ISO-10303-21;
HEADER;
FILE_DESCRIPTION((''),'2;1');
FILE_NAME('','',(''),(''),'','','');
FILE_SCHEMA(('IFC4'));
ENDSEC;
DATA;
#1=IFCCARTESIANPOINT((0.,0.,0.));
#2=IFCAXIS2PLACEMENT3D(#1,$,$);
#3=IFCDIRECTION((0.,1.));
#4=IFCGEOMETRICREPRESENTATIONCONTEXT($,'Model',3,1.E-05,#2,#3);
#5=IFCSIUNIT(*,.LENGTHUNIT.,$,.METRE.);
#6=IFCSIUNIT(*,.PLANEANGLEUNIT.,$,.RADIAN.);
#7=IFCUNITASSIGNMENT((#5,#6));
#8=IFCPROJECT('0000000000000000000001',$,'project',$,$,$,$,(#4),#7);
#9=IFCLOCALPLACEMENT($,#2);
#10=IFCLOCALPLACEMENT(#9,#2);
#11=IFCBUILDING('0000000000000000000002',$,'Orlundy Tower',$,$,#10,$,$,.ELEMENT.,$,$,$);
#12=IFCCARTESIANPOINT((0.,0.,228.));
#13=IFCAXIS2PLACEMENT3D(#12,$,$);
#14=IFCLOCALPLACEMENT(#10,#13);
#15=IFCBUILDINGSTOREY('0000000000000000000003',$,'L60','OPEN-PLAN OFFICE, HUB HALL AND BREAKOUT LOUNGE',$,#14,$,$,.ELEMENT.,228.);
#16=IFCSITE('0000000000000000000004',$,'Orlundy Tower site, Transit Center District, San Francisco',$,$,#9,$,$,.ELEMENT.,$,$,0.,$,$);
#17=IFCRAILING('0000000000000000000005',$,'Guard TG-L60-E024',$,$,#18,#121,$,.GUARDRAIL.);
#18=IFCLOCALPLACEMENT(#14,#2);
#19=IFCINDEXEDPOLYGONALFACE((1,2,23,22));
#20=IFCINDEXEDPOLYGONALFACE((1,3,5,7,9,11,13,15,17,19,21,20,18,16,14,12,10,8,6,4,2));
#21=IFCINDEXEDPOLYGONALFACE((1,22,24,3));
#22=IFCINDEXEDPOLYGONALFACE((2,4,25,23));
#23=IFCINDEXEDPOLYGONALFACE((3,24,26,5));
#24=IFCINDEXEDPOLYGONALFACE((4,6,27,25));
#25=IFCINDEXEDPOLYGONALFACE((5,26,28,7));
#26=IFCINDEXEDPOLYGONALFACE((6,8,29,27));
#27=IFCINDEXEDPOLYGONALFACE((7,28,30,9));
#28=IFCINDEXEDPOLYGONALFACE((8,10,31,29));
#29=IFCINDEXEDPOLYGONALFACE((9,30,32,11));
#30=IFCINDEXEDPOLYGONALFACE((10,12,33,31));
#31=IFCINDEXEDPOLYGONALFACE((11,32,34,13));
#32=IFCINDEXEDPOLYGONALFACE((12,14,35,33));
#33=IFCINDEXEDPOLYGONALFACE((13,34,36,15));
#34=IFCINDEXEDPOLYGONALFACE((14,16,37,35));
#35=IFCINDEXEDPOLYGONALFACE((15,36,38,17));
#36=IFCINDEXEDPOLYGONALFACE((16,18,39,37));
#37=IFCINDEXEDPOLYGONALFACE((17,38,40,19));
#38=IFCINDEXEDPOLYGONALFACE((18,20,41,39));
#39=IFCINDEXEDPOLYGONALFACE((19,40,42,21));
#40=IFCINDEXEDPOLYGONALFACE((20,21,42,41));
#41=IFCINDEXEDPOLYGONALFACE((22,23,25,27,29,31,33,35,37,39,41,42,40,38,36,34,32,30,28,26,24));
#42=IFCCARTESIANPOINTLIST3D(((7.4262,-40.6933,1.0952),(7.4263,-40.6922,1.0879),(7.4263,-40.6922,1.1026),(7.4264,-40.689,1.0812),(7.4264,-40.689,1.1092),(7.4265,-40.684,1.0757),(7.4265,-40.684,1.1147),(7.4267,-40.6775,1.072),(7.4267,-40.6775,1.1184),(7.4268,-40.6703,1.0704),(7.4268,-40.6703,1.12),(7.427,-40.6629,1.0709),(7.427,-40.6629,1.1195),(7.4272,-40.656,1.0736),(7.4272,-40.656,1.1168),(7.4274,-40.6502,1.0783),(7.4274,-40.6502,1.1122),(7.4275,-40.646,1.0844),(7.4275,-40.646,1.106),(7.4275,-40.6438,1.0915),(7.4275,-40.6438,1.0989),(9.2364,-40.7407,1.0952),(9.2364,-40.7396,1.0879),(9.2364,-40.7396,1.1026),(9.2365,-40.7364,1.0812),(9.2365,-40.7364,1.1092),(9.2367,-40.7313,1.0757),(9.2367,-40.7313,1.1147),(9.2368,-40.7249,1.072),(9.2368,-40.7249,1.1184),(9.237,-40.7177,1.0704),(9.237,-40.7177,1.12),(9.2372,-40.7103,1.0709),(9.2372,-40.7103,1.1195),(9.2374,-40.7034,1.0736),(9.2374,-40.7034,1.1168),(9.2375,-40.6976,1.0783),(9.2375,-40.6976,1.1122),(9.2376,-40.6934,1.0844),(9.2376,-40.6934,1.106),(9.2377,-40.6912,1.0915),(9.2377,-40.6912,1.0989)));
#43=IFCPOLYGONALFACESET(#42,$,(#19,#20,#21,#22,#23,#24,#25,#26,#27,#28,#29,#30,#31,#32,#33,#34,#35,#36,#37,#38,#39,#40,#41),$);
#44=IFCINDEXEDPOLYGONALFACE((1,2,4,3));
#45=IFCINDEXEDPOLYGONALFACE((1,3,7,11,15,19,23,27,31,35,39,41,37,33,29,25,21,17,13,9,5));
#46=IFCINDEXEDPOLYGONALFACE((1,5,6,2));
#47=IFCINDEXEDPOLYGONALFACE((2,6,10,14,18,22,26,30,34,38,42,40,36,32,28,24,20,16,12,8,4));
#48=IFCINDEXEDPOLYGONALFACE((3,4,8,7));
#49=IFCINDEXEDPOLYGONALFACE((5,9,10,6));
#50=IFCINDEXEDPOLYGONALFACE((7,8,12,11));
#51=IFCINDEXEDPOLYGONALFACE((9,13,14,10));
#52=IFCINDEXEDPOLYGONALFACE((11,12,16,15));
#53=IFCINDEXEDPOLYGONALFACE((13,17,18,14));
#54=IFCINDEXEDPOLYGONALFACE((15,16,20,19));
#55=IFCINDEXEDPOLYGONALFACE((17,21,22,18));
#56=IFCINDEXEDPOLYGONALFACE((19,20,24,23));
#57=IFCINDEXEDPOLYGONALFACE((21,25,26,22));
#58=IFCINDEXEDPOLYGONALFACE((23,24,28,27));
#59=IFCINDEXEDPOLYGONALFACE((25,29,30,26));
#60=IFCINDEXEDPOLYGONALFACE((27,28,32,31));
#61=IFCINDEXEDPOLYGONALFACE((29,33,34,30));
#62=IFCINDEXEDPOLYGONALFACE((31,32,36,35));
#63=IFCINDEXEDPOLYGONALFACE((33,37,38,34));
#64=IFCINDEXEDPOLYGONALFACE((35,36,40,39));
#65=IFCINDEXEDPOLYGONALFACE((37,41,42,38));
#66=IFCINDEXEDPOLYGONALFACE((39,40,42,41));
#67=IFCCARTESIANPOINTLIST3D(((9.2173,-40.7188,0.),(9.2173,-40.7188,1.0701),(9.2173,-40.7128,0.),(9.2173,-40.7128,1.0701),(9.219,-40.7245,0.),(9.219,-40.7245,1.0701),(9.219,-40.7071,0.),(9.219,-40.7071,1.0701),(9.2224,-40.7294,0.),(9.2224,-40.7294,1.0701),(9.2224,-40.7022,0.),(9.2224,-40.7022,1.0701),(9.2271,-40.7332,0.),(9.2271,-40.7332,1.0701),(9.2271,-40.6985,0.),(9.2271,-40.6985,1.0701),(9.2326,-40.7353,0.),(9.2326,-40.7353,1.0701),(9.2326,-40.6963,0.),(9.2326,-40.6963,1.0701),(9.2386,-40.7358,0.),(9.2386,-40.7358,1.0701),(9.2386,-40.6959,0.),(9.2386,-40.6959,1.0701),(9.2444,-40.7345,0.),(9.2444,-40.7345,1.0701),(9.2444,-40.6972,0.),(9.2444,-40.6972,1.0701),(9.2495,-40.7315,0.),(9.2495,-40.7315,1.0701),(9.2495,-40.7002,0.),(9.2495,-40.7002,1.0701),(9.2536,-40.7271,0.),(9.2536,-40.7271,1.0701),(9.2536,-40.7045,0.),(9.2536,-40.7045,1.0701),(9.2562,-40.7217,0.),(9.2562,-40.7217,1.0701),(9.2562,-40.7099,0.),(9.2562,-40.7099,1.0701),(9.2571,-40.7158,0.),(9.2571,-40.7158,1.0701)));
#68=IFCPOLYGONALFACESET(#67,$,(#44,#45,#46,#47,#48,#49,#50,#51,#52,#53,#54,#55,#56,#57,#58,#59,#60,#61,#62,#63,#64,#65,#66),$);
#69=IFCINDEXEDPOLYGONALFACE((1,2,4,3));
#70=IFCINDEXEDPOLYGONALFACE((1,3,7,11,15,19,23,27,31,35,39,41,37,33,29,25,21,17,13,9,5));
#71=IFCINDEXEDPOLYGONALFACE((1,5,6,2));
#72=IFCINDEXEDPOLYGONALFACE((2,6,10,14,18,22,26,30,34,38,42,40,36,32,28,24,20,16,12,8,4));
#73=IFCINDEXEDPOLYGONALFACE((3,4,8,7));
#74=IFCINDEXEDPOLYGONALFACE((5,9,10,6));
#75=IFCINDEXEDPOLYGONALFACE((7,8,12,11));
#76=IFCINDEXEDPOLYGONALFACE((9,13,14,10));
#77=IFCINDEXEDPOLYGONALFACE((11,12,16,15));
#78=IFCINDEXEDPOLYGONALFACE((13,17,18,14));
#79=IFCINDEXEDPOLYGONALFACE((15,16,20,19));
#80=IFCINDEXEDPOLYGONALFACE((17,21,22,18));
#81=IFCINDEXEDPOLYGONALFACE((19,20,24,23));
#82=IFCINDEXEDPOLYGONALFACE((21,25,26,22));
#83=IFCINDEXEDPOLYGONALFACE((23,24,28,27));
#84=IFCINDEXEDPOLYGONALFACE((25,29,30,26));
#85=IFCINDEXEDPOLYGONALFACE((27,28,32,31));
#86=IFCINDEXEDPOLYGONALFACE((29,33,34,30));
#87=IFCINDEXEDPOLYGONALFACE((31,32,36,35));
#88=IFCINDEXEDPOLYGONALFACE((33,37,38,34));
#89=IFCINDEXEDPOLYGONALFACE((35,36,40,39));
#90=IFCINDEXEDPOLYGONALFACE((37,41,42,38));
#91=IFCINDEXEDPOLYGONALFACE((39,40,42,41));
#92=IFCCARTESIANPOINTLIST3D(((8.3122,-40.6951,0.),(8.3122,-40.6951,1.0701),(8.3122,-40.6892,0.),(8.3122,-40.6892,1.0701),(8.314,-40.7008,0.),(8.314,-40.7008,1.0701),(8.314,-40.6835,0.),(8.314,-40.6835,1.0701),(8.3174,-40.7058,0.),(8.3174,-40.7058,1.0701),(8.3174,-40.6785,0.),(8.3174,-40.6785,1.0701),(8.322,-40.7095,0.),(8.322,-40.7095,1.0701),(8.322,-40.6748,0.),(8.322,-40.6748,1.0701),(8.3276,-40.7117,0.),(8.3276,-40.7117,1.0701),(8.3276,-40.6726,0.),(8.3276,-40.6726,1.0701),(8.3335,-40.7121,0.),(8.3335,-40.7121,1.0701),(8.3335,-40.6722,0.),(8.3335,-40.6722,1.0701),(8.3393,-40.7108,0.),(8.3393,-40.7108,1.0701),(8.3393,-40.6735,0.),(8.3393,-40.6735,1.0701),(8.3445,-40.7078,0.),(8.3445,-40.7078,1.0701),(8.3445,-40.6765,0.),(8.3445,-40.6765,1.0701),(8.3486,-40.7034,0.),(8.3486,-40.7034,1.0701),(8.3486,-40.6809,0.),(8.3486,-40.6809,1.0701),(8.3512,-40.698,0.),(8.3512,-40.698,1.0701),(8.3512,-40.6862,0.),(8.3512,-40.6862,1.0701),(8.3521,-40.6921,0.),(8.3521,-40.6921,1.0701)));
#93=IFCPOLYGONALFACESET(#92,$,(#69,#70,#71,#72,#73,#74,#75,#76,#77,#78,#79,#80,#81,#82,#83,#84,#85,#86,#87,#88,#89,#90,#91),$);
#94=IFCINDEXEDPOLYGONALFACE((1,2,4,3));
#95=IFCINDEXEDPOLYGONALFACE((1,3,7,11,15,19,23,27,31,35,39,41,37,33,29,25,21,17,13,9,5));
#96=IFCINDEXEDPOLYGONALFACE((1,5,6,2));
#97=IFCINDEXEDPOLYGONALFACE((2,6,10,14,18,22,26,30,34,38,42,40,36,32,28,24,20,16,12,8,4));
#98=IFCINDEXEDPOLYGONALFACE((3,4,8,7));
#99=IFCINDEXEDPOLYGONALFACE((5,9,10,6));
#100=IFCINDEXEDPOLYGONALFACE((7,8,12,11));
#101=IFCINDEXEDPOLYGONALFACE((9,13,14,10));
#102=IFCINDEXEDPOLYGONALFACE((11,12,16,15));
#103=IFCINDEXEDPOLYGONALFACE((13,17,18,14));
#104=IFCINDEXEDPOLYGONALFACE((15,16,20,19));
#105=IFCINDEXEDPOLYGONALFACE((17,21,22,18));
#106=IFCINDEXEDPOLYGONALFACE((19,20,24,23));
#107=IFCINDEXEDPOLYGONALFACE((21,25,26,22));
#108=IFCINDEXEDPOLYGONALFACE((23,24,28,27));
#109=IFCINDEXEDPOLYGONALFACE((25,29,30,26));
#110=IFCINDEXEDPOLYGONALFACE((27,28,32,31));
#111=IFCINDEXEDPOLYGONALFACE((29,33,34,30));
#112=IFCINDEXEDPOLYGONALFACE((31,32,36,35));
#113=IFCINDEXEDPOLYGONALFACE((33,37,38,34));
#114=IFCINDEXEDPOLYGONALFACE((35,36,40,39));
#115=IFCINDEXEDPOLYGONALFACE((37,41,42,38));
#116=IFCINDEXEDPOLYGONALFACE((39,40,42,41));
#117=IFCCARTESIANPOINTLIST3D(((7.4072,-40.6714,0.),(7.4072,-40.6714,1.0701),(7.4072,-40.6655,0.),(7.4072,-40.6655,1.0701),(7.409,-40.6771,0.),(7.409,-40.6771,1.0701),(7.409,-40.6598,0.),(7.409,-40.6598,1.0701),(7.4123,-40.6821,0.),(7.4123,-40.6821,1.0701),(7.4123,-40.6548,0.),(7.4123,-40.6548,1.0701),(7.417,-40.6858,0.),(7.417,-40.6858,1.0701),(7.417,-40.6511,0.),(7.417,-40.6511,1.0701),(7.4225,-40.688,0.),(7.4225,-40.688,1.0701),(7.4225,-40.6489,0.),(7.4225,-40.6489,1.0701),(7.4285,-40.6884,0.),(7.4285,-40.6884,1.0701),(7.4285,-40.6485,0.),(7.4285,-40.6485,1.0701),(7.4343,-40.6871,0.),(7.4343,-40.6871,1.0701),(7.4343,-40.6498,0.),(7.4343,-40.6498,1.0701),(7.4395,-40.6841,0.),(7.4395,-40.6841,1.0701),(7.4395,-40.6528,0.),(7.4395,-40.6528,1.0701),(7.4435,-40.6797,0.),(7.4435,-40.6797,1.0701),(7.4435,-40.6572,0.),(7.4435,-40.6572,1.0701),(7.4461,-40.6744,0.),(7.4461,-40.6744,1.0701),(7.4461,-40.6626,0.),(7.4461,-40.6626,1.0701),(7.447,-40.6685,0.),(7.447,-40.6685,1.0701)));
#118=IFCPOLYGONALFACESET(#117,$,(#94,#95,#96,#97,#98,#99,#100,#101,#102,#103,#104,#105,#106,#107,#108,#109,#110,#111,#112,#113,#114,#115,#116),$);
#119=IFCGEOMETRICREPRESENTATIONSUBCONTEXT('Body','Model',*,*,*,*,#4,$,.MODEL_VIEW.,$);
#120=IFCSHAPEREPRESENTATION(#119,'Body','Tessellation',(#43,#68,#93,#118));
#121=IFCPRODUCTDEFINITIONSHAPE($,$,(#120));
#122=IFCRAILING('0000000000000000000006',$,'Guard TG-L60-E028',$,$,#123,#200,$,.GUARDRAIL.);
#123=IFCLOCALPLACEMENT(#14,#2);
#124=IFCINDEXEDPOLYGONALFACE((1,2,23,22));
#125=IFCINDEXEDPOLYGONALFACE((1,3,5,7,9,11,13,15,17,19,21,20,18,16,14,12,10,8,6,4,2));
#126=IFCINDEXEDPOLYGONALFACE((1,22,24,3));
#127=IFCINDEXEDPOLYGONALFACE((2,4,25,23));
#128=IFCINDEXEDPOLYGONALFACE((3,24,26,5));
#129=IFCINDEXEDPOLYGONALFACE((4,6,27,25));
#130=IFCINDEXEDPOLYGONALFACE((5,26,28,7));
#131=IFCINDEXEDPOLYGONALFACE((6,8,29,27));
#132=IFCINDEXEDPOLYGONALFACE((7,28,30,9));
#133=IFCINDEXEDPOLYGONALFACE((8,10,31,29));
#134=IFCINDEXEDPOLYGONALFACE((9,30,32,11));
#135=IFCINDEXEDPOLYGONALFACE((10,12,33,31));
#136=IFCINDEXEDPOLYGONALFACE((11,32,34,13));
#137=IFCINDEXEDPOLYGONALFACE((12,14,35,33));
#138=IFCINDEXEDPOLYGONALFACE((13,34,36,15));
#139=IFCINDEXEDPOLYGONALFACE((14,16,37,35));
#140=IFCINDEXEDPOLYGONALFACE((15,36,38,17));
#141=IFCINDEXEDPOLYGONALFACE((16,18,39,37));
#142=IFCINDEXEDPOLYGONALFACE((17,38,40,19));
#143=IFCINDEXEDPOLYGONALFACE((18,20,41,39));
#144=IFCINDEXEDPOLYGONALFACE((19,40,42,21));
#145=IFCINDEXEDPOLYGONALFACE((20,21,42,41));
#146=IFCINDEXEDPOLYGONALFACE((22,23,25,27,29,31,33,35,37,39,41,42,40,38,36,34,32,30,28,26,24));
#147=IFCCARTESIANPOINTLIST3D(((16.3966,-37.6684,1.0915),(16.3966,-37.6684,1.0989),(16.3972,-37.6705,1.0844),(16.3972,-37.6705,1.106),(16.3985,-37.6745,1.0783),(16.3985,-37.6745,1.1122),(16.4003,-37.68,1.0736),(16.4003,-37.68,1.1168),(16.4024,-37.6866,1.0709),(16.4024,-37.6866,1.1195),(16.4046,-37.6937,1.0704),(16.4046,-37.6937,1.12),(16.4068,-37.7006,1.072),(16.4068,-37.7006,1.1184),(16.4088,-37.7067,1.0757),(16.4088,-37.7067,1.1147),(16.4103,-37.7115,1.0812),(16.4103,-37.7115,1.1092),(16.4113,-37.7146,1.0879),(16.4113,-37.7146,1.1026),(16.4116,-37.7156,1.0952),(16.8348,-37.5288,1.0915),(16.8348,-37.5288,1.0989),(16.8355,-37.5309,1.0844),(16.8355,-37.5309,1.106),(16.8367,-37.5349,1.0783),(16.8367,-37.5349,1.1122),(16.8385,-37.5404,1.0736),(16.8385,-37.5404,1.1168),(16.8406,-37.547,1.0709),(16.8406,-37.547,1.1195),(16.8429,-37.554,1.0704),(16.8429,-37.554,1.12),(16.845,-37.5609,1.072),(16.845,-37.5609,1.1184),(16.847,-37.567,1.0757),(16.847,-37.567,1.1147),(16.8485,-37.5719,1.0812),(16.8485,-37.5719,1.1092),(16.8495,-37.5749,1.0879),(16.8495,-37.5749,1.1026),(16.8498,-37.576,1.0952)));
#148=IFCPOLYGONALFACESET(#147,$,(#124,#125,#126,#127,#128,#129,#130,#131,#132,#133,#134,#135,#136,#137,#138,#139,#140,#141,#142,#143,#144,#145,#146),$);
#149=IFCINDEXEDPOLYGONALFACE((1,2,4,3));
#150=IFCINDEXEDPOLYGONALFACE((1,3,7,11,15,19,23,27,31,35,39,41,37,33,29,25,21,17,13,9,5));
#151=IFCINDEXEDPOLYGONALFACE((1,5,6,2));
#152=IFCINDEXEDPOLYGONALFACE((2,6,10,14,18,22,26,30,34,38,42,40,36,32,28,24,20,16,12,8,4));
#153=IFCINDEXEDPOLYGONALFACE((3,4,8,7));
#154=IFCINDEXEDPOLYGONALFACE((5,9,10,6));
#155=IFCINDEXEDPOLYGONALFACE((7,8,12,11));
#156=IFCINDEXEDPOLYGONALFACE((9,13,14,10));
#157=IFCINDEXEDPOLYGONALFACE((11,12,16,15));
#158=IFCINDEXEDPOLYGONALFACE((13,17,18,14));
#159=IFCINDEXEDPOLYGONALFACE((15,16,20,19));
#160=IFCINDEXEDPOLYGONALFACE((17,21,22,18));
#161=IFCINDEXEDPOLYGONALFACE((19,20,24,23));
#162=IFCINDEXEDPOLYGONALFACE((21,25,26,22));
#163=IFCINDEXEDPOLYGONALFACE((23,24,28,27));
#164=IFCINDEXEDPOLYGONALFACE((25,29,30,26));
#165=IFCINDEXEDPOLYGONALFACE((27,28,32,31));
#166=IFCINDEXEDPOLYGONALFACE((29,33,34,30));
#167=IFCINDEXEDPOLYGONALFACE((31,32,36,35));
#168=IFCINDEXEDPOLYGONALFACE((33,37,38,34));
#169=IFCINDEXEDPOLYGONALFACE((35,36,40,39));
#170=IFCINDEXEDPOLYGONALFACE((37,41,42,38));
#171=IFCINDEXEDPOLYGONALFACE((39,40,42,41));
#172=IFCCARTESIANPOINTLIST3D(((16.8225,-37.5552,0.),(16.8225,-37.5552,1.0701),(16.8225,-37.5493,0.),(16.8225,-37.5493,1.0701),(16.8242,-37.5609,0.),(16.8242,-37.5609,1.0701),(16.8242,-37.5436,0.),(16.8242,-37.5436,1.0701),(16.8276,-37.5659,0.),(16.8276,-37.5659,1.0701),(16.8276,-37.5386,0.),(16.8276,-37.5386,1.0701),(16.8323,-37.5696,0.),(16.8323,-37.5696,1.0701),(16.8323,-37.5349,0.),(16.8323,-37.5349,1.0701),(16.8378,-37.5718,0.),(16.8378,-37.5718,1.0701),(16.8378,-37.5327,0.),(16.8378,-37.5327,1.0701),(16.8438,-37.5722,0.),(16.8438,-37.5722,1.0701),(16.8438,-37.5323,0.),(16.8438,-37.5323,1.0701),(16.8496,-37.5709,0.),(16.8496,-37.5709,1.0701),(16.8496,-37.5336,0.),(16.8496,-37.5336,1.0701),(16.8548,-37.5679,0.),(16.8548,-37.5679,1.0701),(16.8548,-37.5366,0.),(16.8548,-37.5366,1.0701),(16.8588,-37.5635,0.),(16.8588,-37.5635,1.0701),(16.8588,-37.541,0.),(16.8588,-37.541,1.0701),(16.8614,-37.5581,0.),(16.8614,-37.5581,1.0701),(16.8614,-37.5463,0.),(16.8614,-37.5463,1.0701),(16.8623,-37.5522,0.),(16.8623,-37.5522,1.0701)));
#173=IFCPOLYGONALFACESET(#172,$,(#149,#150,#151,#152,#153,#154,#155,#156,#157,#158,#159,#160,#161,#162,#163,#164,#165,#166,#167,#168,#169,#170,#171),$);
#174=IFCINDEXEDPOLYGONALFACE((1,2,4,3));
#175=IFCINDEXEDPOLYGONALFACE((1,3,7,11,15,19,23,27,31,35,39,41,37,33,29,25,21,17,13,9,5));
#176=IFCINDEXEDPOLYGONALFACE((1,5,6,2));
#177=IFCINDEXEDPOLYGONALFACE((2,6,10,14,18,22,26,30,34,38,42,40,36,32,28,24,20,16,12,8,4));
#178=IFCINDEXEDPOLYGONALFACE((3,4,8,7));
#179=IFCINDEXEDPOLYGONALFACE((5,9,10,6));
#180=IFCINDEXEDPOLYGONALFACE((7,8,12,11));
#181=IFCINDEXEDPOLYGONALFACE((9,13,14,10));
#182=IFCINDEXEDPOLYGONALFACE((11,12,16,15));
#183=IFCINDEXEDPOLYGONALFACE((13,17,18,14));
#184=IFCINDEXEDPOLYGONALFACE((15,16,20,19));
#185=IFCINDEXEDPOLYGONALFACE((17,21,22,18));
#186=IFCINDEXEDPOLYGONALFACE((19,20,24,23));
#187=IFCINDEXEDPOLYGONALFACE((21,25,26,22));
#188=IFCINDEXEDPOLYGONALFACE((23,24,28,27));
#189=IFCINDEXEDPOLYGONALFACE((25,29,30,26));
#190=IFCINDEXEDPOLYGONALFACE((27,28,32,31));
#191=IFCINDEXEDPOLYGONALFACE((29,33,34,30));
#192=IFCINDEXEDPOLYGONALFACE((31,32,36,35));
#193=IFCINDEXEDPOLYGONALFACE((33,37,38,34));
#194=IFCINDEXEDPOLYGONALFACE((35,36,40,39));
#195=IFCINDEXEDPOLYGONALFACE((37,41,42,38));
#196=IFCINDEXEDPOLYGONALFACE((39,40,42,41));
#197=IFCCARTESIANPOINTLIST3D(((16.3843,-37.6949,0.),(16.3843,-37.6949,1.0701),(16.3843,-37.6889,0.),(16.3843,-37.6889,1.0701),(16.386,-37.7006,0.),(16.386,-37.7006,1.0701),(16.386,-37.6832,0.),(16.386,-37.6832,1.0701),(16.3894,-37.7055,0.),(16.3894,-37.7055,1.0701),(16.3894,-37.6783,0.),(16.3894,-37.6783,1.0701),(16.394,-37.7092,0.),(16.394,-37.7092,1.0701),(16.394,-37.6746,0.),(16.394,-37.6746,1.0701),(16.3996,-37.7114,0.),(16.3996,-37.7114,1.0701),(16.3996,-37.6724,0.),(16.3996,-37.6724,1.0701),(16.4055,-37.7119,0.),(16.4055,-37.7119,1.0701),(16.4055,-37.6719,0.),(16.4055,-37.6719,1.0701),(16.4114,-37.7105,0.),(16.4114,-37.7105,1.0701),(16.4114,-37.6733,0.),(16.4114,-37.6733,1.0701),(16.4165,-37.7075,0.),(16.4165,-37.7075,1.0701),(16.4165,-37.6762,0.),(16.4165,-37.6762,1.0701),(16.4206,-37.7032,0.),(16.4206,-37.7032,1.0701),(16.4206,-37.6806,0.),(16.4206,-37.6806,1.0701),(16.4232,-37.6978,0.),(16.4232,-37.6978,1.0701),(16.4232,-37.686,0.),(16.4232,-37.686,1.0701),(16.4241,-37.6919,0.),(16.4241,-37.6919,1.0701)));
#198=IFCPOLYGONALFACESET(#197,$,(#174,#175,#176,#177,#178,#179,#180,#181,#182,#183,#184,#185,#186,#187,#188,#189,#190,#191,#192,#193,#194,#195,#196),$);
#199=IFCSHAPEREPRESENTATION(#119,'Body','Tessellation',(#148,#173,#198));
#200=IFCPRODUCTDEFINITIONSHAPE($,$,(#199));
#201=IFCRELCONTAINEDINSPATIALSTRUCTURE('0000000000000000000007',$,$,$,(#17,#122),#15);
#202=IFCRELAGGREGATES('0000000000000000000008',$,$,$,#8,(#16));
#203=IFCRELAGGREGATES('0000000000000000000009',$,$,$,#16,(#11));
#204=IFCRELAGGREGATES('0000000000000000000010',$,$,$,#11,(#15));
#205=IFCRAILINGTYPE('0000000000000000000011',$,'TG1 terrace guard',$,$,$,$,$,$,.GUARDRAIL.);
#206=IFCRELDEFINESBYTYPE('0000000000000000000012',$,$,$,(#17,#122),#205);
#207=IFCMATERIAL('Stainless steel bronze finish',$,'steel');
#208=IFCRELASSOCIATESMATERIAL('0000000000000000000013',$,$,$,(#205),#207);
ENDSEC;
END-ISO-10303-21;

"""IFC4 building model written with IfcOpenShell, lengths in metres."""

from ifc_helpers import new_model, si_unit, direction, frame, origin, origin_2d, place, context, subcontext, project, spatial, circle, extrude, material, type_object, element, save


model = new_model("IFC4")

# Units and contexts
model_context = context("Model", 3, precision=1e-05, world=origin(), true_north=direction((0.0, 1.0)))
body_context = subcontext(model_context, "Body", "Model", "MODEL_VIEW")
ifc_project = project(units=[si_unit("LENGTHUNIT", "METRE"), si_unit("PLANEANGLEUNIT", "RADIAN")], contexts=[model_context])

# Site, building, storey
site_placement = place(None, origin())
site = spatial("IfcSite", under=ifc_project, at=site_placement, Name="Orlundy Tower site, Transit Center District, San Francisco", CompositionType="ELEMENT", RefElevation=0.0)
building_placement = place(site_placement, origin())
building = spatial("IfcBuilding", under=site, at=building_placement, Name="Orlundy Tower", CompositionType="ELEMENT")
storey_placement = place(building_placement, frame((0.0, 0.0, 228.0)))
storey = spatial("IfcBuildingStorey", under=building, at=storey_placement, Name="L60", Description="OPEN-PLAN OFFICE, HUB HALL AND BREAKOUT LOUNGE", CompositionType="ELEMENT", Elevation=228.0)

# Railings
ifc_material_1 = material(Name="Stainless steel bronze finish", Category="steel")
railing_type = type_object("IfcRailingType", Name="TG1 terrace guard", PredefinedType="GUARDRAIL", material=ifc_material_1)
railing_1_placement = place(storey_placement, frame((9.2371, -40.7158, 0.0)))
element("IfcRailing", 1, at=railing_1_placement, inside=storey, type_object=railing_type, Name="Guard TG-L60-E024", PredefinedType="GUARDRAIL", context=body_context, shape_type="SweptSolid", body=[
    extrude(circle(Radius=0.0249, at=origin_2d()), frame((0.0, 0.0, 1.0952), z_axis=(-0.999658, 0.026158, 0.0), x_axis=(-0.026158, -0.999658, 0.0)), (0.0, 0.0, 1.0), 1.8108),
    extrude(circle(Radius=0.02, at=origin_2d()), origin(), (0.0, 0.0, 1.0), 1.0701),
    extrude(circle(Radius=0.02, at=origin_2d()), frame((-0.905, 0.0237, 0.0)), (0.0, 0.0, 1.0), 1.0701),
    extrude(circle(Radius=0.02, at=origin_2d()), frame((-1.8101, 0.0474, 0.0)), (0.0, 0.0, 1.0), 1.0701),
])
railing_2_placement = place(storey_placement, frame((16.8423, -37.5522, 0.0)))
element("IfcRailing", 2, at=railing_2_placement, inside=storey, type_object=railing_type, Name="Guard TG-L60-E028", PredefinedType="GUARDRAIL", context=body_context, shape_type="SweptSolid", body=[
    extrude(circle(Radius=0.0249, at=origin_2d()), frame((0.0, 0.0, 1.0952), z_axis=(-0.952793, -0.30362, 0.0), x_axis=(0.30362, -0.952793, 0.0)), (0.0, 0.0, 1.0), 0.46),
    extrude(circle(Radius=0.02, at=origin_2d()), origin(), (0.0, 0.0, 1.0), 1.0701),
    extrude(circle(Radius=0.02, at=origin_2d()), frame((-0.4382, -0.1396, 0.0)), (0.0, 0.0, 1.0), 1.0701),
])

save(model, "model.ifc")
